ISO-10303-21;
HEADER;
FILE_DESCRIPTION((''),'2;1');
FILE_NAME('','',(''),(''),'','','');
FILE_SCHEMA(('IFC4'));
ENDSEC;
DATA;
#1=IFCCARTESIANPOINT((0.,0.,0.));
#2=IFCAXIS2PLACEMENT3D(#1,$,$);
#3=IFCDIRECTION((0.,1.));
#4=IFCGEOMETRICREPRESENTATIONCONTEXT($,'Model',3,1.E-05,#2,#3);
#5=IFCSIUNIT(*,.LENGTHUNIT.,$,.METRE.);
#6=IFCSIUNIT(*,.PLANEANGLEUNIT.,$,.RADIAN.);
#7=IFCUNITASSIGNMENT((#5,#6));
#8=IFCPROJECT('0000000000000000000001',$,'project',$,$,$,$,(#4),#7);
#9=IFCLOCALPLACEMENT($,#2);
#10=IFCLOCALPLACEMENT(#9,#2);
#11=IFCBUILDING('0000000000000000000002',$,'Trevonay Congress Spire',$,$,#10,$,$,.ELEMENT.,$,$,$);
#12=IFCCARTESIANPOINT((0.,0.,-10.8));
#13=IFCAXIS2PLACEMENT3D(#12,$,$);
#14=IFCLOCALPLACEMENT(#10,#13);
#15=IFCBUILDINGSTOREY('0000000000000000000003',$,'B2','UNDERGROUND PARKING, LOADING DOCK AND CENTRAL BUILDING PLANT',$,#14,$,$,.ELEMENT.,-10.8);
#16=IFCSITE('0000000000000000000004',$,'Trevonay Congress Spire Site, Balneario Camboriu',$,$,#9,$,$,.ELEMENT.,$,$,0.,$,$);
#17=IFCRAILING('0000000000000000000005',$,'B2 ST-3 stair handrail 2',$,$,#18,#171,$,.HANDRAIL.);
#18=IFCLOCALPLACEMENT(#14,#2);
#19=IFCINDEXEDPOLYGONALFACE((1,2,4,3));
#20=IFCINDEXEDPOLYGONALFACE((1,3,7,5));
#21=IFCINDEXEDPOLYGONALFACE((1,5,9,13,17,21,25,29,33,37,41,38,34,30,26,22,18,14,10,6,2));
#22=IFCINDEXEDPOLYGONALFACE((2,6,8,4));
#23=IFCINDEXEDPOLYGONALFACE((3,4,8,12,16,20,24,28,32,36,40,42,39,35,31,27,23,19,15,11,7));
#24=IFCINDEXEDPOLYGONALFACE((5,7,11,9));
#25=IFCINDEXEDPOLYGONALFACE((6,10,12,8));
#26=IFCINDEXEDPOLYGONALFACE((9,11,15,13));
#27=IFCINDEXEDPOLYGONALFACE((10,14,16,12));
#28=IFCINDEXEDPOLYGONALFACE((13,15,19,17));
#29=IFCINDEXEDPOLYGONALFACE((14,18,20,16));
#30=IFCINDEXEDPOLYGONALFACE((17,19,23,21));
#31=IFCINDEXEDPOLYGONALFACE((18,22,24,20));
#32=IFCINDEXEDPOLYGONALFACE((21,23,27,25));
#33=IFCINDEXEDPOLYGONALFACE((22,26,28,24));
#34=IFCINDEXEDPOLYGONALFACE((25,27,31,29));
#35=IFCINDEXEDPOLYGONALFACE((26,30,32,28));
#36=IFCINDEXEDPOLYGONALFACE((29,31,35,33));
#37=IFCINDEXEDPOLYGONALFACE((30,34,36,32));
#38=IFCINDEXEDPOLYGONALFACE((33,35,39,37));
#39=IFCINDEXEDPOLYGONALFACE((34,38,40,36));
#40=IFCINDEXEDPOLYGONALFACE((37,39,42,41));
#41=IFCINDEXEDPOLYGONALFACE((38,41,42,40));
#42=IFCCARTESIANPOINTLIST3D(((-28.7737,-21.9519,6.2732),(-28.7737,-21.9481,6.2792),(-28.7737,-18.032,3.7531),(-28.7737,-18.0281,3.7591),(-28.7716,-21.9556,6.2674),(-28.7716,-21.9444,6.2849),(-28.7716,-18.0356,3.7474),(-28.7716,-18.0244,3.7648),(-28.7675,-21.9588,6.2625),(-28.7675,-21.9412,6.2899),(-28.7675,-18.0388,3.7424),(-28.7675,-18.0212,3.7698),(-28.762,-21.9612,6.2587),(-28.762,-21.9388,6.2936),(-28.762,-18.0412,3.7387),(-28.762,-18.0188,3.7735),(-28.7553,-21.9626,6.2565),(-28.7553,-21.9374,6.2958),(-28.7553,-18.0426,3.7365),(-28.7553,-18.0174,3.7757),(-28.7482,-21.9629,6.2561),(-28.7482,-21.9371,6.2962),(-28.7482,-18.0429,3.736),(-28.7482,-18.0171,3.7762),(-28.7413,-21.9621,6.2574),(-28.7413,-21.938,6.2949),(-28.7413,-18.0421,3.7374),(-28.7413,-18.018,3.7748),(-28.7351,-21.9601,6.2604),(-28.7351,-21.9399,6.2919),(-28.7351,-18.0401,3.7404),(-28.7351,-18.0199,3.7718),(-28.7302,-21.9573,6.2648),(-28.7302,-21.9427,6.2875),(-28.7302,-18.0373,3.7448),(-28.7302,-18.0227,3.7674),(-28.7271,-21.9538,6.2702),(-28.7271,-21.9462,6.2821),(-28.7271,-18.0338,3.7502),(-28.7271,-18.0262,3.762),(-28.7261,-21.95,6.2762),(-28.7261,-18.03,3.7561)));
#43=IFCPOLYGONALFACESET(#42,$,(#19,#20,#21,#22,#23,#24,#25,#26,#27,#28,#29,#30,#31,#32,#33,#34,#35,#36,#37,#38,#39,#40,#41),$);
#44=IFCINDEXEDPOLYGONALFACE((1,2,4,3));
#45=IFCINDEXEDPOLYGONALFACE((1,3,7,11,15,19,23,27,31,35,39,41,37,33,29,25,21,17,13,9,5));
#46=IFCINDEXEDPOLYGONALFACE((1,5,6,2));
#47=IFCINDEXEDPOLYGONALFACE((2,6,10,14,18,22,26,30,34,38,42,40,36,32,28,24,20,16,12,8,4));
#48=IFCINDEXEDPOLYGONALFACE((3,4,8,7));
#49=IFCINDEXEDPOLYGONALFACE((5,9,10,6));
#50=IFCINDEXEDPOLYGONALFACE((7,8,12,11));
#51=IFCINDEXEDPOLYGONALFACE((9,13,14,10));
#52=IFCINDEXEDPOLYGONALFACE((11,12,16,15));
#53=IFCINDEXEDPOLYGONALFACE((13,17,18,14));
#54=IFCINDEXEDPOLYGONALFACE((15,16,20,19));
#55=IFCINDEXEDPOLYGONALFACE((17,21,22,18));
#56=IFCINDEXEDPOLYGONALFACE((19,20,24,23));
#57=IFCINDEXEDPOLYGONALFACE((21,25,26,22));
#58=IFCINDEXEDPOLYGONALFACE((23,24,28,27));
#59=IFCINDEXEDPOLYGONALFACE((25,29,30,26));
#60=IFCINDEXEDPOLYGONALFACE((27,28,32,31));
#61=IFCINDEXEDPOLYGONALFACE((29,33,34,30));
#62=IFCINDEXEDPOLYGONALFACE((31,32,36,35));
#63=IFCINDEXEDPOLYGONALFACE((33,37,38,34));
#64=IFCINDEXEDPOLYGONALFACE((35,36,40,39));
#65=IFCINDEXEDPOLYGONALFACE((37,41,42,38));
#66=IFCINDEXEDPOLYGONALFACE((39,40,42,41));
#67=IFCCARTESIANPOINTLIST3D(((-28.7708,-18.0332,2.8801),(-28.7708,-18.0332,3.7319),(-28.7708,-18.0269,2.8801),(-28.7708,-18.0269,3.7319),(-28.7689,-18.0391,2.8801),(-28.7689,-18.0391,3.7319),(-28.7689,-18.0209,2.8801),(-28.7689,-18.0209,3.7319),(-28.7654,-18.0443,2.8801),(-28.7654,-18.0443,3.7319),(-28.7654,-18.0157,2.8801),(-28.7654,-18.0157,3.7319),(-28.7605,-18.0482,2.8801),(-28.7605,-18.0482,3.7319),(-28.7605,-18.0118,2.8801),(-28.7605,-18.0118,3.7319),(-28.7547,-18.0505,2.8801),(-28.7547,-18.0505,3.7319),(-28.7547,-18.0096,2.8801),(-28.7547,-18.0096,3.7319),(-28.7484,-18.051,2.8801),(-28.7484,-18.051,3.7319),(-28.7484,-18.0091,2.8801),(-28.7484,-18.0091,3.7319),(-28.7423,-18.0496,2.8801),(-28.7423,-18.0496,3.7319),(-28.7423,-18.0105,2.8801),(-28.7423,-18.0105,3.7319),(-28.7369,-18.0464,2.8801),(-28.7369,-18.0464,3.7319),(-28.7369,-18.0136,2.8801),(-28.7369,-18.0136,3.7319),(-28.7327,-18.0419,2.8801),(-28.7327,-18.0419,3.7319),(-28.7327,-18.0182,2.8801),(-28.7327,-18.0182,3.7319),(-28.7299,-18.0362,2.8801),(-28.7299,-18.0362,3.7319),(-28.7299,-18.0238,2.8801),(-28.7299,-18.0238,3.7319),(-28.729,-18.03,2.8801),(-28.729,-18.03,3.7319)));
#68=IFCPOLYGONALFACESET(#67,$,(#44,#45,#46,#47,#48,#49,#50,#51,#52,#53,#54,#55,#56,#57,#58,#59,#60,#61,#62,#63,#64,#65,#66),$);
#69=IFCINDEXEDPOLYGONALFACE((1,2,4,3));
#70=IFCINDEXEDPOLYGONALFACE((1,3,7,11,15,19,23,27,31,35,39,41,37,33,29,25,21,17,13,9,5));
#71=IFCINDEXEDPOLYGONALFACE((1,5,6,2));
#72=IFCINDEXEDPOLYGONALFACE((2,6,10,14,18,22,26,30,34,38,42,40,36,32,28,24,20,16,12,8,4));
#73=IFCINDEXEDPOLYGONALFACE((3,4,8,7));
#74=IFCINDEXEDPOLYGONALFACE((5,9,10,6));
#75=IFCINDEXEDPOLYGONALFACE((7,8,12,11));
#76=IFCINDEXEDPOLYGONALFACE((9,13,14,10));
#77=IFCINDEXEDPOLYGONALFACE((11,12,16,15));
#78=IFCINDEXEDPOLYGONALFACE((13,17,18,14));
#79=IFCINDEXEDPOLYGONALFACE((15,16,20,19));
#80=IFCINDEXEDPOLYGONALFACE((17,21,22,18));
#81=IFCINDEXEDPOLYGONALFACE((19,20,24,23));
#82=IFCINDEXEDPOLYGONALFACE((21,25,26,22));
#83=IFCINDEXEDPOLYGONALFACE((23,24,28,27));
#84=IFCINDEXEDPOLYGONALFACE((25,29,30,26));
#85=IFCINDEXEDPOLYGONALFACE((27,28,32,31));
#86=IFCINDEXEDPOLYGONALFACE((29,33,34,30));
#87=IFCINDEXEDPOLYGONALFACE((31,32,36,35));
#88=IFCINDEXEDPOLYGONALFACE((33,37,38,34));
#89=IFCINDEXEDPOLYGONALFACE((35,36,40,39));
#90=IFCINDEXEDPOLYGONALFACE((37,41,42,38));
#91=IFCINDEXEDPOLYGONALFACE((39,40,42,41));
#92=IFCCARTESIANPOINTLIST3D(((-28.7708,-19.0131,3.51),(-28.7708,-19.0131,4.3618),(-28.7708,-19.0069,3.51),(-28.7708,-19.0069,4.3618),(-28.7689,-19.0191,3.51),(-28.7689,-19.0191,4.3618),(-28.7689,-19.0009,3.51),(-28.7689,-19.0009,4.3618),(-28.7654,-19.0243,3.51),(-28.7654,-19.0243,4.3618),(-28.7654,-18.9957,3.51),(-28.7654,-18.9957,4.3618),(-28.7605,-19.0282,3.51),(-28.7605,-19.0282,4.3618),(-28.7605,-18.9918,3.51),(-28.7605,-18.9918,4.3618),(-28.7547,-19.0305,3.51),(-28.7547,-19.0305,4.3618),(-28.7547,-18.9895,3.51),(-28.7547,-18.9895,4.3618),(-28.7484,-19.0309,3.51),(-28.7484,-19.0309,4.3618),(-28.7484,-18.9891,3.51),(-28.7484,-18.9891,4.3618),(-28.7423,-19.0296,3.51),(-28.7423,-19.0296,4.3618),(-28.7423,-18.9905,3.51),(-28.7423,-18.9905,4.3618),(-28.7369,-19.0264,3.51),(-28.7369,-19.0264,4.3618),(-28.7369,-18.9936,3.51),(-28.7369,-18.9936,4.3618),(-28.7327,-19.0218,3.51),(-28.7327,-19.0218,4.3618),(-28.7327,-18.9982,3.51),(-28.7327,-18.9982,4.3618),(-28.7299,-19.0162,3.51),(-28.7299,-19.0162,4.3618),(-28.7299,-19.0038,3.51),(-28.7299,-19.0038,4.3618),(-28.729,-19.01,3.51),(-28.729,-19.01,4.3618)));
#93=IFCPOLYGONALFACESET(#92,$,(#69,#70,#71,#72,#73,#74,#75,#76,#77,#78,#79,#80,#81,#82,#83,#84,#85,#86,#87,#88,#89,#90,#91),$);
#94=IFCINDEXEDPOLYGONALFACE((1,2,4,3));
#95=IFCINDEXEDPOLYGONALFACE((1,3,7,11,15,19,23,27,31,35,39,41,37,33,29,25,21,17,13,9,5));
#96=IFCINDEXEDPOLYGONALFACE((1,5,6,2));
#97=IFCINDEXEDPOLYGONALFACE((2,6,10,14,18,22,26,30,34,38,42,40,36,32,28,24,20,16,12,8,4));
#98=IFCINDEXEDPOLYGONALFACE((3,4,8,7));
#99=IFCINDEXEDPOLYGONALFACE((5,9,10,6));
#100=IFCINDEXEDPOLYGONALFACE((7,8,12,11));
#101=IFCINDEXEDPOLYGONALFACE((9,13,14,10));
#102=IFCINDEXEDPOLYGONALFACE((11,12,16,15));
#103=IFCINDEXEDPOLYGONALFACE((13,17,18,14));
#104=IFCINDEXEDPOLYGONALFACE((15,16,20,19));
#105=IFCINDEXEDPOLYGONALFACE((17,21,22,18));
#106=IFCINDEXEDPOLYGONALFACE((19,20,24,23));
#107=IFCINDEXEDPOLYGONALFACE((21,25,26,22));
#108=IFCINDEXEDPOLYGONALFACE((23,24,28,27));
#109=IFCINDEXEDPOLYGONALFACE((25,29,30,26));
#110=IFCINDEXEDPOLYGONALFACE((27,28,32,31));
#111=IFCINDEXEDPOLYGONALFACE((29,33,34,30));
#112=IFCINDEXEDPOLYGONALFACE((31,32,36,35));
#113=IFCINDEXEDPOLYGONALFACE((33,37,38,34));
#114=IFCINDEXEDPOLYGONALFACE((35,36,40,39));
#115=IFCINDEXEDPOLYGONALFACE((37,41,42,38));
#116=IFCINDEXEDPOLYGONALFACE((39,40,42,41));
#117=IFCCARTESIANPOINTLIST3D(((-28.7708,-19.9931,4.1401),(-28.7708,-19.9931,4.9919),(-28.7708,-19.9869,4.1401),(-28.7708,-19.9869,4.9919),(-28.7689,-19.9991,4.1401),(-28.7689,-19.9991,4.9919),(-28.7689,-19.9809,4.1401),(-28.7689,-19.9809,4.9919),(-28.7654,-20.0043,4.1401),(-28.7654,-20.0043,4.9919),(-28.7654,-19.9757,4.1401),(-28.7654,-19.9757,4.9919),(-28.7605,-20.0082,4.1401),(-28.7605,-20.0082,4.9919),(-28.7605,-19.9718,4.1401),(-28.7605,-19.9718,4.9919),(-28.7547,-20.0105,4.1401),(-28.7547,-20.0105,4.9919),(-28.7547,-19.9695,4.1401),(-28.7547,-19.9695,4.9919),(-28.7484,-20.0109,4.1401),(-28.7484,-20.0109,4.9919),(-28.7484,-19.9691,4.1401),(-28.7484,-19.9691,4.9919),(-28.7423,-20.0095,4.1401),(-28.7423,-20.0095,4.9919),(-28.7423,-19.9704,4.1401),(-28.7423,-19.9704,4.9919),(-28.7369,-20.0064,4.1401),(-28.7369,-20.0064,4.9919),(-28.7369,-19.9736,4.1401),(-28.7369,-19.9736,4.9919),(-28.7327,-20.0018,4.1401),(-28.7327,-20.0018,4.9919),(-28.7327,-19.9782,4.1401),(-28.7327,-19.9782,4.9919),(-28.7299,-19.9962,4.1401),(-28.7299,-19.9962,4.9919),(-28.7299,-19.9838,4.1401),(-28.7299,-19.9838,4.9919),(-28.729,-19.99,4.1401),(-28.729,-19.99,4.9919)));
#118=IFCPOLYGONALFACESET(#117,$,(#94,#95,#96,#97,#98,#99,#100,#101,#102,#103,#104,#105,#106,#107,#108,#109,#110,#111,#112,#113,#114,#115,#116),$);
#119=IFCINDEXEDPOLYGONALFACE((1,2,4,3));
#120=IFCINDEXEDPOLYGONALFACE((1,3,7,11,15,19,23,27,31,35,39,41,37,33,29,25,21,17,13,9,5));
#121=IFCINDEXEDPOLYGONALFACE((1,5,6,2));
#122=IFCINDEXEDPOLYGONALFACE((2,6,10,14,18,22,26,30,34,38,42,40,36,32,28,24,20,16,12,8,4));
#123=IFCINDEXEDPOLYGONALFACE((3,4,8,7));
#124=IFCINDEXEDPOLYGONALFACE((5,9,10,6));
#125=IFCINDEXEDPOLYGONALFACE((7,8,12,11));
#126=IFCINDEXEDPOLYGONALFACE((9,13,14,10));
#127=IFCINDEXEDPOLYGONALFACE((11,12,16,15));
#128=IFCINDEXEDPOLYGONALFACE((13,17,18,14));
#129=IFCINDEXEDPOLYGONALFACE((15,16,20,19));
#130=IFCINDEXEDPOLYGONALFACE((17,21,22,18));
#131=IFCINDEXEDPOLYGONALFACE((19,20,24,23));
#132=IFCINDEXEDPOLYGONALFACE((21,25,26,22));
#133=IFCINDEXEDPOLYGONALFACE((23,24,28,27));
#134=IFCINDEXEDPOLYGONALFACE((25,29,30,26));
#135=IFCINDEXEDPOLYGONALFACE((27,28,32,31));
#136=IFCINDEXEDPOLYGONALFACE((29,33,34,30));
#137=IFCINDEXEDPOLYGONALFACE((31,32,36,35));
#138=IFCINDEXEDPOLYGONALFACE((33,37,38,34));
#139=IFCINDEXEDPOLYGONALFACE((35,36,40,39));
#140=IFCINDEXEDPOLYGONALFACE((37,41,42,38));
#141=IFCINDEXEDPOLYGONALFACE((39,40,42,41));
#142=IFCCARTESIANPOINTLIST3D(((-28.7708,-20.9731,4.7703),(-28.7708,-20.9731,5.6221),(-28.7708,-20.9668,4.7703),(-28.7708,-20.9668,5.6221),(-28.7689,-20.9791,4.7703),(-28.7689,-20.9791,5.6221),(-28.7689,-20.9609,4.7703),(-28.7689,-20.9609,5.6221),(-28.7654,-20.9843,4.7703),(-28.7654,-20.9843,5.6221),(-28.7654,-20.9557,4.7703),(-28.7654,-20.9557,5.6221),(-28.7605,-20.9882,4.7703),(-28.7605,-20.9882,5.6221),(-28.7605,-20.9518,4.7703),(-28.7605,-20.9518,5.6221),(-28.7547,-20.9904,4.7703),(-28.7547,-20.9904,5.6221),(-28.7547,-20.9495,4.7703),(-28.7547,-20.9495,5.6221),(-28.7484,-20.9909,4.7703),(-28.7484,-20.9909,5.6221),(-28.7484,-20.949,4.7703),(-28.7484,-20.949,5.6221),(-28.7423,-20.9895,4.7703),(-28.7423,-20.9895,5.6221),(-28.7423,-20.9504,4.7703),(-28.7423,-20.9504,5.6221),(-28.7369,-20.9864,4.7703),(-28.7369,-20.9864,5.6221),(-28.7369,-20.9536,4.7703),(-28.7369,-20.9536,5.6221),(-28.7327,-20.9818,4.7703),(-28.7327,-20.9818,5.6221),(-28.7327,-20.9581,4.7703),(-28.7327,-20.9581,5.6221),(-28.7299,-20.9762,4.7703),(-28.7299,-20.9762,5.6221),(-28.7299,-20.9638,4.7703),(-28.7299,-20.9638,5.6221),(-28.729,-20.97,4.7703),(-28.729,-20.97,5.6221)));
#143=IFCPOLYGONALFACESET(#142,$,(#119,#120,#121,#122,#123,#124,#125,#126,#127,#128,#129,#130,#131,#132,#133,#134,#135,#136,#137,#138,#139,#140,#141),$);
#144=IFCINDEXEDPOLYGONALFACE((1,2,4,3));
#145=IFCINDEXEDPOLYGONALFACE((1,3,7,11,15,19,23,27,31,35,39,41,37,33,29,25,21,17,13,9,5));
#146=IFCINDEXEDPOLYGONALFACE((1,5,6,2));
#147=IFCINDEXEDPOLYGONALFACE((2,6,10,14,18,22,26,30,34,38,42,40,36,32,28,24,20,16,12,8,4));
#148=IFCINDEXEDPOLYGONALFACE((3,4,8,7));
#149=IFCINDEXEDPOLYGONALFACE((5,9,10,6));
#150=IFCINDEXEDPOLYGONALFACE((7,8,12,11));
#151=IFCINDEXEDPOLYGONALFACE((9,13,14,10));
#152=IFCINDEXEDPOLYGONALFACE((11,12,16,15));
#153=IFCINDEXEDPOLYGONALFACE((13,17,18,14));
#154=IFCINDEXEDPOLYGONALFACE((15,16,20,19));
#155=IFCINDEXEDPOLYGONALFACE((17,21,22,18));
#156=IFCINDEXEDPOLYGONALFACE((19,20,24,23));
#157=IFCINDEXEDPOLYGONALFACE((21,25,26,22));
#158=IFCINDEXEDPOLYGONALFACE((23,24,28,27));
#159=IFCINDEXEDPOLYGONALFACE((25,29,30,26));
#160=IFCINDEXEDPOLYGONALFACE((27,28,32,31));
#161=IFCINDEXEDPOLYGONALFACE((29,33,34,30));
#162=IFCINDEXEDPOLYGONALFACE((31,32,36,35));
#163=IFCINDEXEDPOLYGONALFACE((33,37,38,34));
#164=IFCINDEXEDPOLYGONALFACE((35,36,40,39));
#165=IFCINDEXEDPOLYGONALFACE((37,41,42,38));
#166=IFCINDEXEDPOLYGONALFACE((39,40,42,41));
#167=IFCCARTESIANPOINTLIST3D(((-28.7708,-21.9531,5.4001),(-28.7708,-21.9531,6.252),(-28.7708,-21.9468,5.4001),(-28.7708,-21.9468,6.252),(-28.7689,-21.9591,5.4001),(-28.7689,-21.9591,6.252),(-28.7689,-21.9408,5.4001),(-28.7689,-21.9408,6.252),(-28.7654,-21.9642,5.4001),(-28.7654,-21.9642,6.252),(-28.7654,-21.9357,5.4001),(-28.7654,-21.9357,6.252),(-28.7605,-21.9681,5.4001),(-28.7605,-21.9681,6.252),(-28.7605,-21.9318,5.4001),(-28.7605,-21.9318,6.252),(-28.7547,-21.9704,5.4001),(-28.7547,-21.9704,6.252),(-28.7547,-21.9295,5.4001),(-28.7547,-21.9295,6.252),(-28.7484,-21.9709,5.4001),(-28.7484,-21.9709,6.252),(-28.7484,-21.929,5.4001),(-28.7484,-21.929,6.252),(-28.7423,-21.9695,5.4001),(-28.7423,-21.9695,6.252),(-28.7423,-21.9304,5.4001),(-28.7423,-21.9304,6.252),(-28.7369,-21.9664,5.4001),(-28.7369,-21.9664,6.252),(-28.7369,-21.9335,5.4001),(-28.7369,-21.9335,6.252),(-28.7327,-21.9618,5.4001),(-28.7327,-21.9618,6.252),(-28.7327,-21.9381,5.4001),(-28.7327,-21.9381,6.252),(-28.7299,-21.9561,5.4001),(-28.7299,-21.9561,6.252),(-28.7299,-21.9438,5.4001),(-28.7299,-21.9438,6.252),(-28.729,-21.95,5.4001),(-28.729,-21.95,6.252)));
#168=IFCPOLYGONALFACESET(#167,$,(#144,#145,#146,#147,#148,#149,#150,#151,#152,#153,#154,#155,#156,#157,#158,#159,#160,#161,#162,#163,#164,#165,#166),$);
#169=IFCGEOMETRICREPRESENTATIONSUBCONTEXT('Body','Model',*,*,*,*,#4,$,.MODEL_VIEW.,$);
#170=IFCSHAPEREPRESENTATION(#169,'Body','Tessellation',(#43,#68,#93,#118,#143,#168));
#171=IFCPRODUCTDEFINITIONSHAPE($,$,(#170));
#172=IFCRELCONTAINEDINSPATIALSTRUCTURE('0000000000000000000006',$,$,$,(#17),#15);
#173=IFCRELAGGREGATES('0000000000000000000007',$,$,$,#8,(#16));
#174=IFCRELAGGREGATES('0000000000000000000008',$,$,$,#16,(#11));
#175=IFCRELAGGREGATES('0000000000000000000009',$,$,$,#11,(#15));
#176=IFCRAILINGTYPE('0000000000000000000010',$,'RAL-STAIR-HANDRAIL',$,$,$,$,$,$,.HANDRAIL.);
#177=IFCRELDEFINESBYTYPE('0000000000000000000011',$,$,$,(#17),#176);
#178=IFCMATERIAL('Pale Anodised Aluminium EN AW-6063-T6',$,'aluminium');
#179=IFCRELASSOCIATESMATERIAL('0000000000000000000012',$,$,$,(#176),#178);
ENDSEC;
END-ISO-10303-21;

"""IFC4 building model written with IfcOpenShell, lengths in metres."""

from ifc_helpers import new_model, si_unit, direction, frame, origin, origin_2d, place, context, subcontext, project, spatial, circle, extrude, material, type_object, element, save


model = new_model("IFC4")

# Units and contexts
model_context = context("Model", 3, precision=1e-05, world=origin(), true_north=direction((0.0, 1.0)))
body_context = subcontext(model_context, "Body", "Model", "MODEL_VIEW")
ifc_project = project(units=[si_unit("LENGTHUNIT", "METRE"), si_unit("PLANEANGLEUNIT", "RADIAN")], contexts=[model_context])

# Site, building, storey
site_placement = place(None, origin())
site = spatial("IfcSite", under=ifc_project, at=site_placement, Name="Trevonay Congress Spire Site, Balneario Camboriu", CompositionType="ELEMENT", RefElevation=0.0)
building_placement = place(site_placement, origin())
building = spatial("IfcBuilding", under=site, at=building_placement, Name="Trevonay Congress Spire", CompositionType="ELEMENT")
storey_placement = place(building_placement, frame((0.0, 0.0, -10.8)))
storey = spatial("IfcBuildingStorey", under=building, at=storey_placement, Name="B2", Description="UNDERGROUND PARKING, LOADING DOCK AND CENTRAL BUILDING PLANT", CompositionType="ELEMENT", Elevation=-10.8)

# Railing
ifc_material_1 = material(Name="Pale Anodised Aluminium EN AW-6063-T6", Category="aluminium")
railing_type_1 = type_object("IfcRailingType", Name="RAL-STAIR-HANDRAIL", PredefinedType="HANDRAIL", material=ifc_material_1)
railing_1_placement = place(storey_placement, frame((-28.75, -18.03, 2.8801)))
element("IfcRailing", 1, at=railing_1_placement, inside=storey, type_object=railing_type_1, Name="B2 ST-3 stair handrail 2", PredefinedType="HANDRAIL", context=body_context, shape_type="SweptSolid", body=[
    extrude(circle(Radius=0.0239, at=origin_2d()), frame((0.0, 0.0, 0.876), z_axis=(0.0, -0.841172, 0.540768), x_axis=(1.0, 0.0, 0.0)), (0.0, 0.0, 1.0), 4.6602),
    extrude(circle(Radius=0.021, at=origin_2d()), origin(), (0.0, 0.0, 1.0), 0.8518),
    extrude(circle(Radius=0.021, at=origin_2d()), frame((0.0, -0.98, 0.6299)), (0.0, 0.0, 1.0), 0.8518),
    extrude(circle(Radius=0.021, at=origin_2d()), frame((0.0, -1.96, 1.26)), (0.0, 0.0, 1.0), 0.8518),
    extrude(circle(Radius=0.021, at=origin_2d()), frame((0.0, -2.9399, 1.8901)), (0.0, 0.0, 1.0), 0.8518),
    extrude(circle(Radius=0.021, at=origin_2d()), frame((0.0, -3.9199, 2.52)), (0.0, 0.0, 1.0), 0.8518),
])

save(model, "model.ifc")
